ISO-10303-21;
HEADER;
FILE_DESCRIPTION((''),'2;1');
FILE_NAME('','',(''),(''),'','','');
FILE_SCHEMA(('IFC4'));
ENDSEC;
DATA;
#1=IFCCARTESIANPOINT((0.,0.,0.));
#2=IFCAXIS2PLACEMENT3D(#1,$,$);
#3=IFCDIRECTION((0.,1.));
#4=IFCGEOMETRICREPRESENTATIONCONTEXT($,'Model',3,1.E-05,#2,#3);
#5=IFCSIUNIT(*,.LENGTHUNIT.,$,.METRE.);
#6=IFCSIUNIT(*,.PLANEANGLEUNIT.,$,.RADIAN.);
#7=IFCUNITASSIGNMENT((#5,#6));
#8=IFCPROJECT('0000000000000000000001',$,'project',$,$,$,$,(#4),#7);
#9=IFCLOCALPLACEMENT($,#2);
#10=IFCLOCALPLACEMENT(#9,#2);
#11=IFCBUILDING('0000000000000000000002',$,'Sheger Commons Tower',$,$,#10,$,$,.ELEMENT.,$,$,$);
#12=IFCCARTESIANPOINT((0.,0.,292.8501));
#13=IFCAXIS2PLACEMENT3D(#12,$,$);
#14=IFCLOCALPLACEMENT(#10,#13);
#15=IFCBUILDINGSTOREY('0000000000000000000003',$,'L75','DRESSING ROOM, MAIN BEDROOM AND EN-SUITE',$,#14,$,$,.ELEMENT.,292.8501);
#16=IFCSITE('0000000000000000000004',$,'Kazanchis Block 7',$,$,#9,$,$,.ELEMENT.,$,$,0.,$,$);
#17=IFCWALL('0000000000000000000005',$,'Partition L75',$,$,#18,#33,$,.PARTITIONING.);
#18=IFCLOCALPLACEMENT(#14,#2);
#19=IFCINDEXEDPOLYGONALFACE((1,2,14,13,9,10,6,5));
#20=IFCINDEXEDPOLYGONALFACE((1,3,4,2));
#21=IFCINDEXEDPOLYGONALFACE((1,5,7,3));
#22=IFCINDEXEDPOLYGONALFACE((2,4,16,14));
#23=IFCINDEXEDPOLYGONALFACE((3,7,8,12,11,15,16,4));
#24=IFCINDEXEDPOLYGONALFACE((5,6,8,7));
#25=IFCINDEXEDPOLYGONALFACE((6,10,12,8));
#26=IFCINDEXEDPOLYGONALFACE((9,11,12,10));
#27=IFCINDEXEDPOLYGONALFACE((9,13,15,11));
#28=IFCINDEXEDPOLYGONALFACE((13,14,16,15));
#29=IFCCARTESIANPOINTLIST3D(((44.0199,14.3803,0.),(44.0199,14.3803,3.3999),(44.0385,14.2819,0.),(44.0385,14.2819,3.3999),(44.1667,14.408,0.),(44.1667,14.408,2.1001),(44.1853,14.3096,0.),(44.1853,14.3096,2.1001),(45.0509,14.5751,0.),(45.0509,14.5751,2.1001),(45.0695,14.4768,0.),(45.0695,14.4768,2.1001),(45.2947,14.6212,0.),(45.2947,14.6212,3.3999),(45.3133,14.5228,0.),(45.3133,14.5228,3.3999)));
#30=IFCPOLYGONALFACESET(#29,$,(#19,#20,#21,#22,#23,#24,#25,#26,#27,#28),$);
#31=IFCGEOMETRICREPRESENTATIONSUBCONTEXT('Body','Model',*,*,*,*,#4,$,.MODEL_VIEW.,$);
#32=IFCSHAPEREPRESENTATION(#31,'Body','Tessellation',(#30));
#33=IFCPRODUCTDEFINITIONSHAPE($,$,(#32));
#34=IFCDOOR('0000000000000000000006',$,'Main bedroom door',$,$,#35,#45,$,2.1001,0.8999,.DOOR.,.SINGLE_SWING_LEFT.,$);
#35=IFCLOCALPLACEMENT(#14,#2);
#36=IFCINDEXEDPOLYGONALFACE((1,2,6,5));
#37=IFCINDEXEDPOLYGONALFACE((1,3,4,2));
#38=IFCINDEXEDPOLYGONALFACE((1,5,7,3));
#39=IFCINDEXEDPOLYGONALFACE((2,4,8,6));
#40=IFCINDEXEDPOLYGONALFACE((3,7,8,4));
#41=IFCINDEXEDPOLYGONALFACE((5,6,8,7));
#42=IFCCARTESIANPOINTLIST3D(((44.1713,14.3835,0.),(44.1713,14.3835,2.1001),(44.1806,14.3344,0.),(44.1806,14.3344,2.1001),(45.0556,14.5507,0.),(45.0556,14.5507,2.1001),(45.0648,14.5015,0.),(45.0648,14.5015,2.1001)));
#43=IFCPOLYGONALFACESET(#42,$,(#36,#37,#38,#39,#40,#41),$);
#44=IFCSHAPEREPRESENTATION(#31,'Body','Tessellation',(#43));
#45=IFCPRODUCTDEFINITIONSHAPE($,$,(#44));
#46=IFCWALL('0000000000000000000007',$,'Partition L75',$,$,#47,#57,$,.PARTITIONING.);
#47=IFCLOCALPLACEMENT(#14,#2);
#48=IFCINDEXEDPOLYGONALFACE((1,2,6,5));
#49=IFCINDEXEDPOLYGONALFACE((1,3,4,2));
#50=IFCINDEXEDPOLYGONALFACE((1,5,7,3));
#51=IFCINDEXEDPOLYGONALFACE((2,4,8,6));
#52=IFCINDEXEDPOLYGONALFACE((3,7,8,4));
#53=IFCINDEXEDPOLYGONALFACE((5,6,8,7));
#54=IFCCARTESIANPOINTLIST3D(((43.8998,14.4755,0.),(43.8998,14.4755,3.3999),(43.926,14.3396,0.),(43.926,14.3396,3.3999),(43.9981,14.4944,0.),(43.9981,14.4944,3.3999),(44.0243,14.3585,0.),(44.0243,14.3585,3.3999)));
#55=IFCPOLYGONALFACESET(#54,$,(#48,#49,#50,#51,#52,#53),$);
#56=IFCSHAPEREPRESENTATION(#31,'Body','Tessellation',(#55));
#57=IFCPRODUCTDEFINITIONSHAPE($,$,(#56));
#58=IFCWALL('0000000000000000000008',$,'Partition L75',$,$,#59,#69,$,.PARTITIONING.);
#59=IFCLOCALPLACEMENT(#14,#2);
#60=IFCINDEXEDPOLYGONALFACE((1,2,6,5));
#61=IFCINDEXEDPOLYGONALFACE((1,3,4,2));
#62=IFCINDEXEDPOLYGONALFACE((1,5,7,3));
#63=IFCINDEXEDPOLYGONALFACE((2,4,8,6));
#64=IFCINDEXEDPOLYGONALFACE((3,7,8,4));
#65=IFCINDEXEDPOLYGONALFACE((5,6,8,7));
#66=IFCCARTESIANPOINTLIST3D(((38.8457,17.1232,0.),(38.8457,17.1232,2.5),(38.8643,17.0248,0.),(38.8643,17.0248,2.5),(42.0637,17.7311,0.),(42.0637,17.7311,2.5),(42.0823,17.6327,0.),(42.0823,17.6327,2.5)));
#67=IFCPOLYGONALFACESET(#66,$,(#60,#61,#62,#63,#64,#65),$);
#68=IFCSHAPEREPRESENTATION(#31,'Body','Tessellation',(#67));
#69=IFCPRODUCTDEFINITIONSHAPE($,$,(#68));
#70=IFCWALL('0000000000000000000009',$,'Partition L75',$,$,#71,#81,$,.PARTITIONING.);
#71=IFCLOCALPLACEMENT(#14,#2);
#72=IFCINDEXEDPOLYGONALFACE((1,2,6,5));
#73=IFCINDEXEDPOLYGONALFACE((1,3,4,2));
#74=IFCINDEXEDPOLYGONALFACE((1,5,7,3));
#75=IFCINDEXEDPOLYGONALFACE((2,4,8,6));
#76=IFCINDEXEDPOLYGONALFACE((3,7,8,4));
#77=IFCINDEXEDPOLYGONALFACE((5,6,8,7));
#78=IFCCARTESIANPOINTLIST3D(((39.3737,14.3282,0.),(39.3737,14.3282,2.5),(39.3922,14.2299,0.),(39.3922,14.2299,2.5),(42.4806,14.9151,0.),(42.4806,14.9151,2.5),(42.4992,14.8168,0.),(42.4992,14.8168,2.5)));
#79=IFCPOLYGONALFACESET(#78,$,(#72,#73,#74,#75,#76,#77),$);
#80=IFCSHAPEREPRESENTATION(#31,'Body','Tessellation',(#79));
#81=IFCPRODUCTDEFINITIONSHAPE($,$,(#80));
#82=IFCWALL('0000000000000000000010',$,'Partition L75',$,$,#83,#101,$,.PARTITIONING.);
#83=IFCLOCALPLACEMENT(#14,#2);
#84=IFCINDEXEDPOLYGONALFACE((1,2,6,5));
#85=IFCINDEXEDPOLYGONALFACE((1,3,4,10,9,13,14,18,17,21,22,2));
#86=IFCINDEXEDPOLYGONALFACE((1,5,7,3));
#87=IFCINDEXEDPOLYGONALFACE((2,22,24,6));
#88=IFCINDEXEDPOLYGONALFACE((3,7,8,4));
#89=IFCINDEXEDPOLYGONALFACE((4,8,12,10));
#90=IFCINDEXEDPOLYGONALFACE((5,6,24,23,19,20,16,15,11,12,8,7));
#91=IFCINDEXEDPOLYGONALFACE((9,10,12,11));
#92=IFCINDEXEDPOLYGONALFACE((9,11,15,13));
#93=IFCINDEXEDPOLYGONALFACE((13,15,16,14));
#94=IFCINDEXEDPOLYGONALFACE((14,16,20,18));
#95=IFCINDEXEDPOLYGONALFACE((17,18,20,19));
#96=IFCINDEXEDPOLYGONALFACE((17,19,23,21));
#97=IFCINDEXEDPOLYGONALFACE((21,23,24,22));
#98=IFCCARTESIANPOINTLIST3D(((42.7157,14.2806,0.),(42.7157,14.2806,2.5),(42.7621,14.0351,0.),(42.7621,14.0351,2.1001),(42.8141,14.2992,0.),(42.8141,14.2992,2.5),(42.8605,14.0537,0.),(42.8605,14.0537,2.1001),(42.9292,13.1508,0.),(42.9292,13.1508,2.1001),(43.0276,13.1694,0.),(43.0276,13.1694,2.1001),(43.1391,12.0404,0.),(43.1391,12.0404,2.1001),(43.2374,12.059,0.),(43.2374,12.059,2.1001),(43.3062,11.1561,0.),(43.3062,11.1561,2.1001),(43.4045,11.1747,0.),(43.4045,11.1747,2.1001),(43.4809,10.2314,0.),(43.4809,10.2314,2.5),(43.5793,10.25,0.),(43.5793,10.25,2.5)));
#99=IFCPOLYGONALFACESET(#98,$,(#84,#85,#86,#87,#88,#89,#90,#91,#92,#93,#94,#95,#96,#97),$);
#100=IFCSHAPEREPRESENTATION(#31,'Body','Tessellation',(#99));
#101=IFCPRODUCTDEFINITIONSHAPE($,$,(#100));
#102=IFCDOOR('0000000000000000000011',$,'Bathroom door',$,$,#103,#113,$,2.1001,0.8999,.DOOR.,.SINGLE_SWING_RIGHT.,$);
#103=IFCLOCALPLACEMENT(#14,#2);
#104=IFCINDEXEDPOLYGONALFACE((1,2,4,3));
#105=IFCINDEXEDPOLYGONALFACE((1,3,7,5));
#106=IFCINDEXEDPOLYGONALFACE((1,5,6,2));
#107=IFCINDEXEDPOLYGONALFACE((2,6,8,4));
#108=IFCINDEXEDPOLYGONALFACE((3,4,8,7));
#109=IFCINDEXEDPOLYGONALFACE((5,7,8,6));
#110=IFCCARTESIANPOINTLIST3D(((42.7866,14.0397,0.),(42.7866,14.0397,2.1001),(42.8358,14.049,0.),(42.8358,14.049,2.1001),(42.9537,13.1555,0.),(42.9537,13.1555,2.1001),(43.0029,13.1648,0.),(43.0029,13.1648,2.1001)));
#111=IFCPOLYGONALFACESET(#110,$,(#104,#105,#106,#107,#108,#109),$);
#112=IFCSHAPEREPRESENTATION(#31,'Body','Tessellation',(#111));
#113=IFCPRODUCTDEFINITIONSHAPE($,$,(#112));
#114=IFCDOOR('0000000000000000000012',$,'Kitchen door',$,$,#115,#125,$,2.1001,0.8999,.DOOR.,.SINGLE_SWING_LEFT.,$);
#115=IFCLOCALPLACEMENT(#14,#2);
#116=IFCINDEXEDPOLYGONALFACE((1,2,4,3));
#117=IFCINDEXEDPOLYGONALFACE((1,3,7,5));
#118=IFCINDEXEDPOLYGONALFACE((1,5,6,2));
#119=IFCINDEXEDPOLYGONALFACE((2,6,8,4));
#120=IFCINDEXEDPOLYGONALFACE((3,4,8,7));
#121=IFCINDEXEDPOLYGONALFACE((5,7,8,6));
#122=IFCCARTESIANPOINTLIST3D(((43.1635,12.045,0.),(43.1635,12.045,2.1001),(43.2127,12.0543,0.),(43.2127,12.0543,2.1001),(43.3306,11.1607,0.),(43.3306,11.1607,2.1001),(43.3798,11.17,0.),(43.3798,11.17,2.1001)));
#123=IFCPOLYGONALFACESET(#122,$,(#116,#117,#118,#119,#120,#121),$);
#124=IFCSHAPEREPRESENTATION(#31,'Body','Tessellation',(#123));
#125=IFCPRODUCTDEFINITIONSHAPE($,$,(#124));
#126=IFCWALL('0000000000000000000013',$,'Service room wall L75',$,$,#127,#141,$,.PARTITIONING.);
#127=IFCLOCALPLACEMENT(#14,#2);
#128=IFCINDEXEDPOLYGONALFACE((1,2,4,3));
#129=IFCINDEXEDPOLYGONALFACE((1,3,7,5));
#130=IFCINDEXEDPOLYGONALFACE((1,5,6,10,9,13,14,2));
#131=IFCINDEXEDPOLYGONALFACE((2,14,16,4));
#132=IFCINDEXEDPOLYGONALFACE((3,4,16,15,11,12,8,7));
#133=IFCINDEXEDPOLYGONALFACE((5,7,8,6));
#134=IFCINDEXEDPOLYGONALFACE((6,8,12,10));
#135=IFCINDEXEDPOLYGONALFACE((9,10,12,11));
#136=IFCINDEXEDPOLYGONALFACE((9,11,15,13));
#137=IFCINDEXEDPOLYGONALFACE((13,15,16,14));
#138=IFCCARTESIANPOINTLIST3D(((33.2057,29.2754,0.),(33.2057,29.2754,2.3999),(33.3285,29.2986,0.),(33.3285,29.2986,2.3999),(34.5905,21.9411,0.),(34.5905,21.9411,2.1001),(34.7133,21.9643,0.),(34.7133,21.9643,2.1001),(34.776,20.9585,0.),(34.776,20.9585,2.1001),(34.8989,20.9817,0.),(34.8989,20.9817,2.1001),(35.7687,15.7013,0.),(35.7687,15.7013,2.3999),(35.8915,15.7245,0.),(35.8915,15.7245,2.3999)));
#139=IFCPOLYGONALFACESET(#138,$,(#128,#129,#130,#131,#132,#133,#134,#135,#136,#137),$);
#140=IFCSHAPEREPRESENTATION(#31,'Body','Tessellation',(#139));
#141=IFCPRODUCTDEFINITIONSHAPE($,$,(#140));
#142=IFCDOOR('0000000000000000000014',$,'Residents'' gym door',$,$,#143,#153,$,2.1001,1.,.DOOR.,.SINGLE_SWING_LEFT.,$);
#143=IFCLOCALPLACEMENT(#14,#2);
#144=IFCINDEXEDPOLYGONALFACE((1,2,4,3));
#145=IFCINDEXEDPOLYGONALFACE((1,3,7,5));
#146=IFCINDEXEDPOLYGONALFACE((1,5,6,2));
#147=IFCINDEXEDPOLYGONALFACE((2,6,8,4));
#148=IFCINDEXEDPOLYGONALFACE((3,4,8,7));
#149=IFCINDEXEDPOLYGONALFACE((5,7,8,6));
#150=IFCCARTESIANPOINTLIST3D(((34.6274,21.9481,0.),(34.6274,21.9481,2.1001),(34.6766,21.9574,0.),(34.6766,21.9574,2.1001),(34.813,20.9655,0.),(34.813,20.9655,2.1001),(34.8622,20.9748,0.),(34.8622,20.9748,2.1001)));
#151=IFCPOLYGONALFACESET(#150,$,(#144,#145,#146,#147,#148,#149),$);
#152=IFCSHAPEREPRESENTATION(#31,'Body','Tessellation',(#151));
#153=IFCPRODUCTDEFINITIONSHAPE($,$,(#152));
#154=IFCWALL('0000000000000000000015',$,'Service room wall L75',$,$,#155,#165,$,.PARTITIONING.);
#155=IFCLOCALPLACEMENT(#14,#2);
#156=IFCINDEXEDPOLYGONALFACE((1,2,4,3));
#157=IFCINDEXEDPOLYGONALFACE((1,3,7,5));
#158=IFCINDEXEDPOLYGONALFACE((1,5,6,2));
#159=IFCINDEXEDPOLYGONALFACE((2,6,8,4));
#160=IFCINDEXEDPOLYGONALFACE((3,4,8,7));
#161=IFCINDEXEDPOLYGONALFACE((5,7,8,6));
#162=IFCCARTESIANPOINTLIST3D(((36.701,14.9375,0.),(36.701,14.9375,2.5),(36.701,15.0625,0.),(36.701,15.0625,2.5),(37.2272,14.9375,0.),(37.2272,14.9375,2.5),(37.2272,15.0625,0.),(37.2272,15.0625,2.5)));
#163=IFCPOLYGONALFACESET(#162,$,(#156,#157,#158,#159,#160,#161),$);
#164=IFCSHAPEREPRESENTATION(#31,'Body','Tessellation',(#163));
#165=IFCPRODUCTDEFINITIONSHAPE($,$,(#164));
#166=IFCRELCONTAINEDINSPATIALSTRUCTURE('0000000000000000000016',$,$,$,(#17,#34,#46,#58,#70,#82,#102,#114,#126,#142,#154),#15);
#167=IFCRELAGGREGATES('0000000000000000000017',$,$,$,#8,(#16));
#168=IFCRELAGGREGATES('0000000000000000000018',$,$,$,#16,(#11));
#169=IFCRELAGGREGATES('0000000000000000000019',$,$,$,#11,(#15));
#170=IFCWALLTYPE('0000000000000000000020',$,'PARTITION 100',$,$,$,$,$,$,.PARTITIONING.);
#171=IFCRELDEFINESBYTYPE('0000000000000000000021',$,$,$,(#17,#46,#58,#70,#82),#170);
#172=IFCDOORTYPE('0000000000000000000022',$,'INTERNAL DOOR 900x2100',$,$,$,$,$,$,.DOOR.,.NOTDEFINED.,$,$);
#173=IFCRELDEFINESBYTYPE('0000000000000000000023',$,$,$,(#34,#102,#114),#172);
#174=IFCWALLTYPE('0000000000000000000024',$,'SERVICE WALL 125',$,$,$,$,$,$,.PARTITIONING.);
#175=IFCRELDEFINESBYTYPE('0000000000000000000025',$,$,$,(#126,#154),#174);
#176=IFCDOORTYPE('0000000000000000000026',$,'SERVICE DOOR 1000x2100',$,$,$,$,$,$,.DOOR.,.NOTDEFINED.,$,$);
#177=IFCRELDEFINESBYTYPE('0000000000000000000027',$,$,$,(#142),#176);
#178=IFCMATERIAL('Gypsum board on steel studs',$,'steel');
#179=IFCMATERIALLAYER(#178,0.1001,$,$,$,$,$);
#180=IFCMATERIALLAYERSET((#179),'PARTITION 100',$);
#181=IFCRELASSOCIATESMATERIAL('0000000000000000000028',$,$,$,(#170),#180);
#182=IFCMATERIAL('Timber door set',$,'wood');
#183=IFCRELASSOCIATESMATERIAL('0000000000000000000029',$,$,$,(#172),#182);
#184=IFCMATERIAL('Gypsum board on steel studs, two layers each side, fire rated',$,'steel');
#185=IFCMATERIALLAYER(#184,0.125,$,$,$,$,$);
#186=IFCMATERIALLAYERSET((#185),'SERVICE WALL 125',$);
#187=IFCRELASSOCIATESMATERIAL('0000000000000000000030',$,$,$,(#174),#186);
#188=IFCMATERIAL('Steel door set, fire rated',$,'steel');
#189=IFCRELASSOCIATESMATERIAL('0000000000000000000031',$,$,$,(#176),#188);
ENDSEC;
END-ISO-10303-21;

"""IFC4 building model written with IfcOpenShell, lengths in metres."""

from ifc_helpers import new_model, si_unit, direction, frame, frame_2d, origin, place, context, subcontext, project, spatial, rectangle, extrude, material, layer, layer_set, type_object, element, fill, save


model = new_model("IFC4")

# Units and contexts
model_context = context("Model", 3, precision=1e-05, world=origin(), true_north=direction((0.0, 1.0)))
body_context = subcontext(model_context, "Body", "Model", "MODEL_VIEW")
ifc_project = project(units=[si_unit("LENGTHUNIT", "METRE"), si_unit("PLANEANGLEUNIT", "RADIAN")], contexts=[model_context])

# Site, building, storey
site_placement = place(None, origin())
site = spatial("IfcSite", under=ifc_project, at=site_placement, Name="Kazanchis Block 7", CompositionType="ELEMENT", RefElevation=0.0)
building_placement = place(site_placement, origin())
building = spatial("IfcBuilding", under=site, at=building_placement, Name="Sheger Commons Tower", CompositionType="ELEMENT")
storey_placement = place(building_placement, frame((0.0, 0.0, 292.8501)))
storey = spatial("IfcBuildingStorey", under=building, at=storey_placement, Name="L75", Description="DRESSING ROOM, MAIN BEDROOM AND EN-SUITE", CompositionType="ELEMENT", Elevation=292.8501)

# Shared definitions
ifc_material_1 = material(Name="Gypsum board on steel studs", Category="steel")
ifc_layer_1 = layer(ifc_material_1, 0.1001)
ifc_layer_set_1 = layer_set([ifc_layer_1], Name="PARTITION 100")
wall_type_1 = type_object("IfcWallType", Name="PARTITION 100", PredefinedType="PARTITIONING", material=ifc_layer_set_1)

# Wall, opening, door
wall_1_placement = place(storey_placement, frame((45.304, 14.572, 0.0), z_axis=(0.0, 0.0, 1.0), x_axis=(-0.982603, -0.18572, 0.0)))
wall_1 = element("IfcWall", 1, at=wall_1_placement, inside=storey, type_object=wall_type_1, Name="Partition L75", PredefinedType="PARTITIONING", context=body_context, shape_type="SweptSolid", body=[
    extrude(rectangle(XDim=1.2974, YDim=0.1001, at=frame_2d((0.6487, 0.0))), origin(), (0.0, 0.0, 1.0), 3.3999),
])
opening_1_placement = place(wall_1_placement, frame((0.248, 0.0, 0.0)))
opening_1 = element("IfcOpeningElement", 2, at=opening_1_placement, cuts=wall_1, PredefinedType="OPENING", context=body_context, shape_type="SweptSolid", body=[
    extrude(rectangle(XDim=0.8999, YDim=2.1001, at=frame_2d((0.45, 1.05))), frame((0.0, 0.0601, 0.0), z_axis=(0.0, -1.0, 0.0), x_axis=(1.0, 0.0, 0.0)), (0.0, 0.0, 1.0), 0.1201),
])
ifc_material_2 = material(Name="Timber door set", Category="wood")
door_type_1 = type_object("IfcDoorType", Name="INTERNAL DOOR 900x2100", OperationType="NOTDEFINED", PredefinedType="DOOR", material=ifc_material_2)
door_1_placement = place(opening_1_placement, origin())
door_1 = element("IfcDoor", 3, at=door_1_placement, inside=storey, type_object=door_type_1, Name="Main bedroom door", OperationType="SINGLE_SWING_LEFT", OverallHeight=2.1001, OverallWidth=0.8999, PredefinedType="DOOR", context=body_context, shape_type="SweptSolid", body=[
    extrude(rectangle(XDim=0.8999, YDim=2.1001, at=frame_2d((0.45, 1.05))), frame((0.0, 0.0249, 0.0), z_axis=(0.0, -1.0, 0.0), x_axis=(1.0, 0.0, 0.0)), (0.0, 0.0, 1.0), 0.05),
])
fill(opening_1, door_1)

# Walls
wall_2_placement = place(storey_placement, frame((43.949, 14.4851, 0.0), z_axis=(0.0, 0.0, 1.0), x_axis=(0.188651, -0.982044, 0.0)))
element("IfcWall", 4, at=wall_2_placement, inside=storey, type_object=wall_type_1, Name="Partition L75", PredefinedType="PARTITIONING", context=body_context, shape_type="SweptSolid", body=[
    extrude(rectangle(XDim=0.1384, YDim=0.1001, at=frame_2d((0.0693, 0.0))), origin(), (0.0, 0.0, 1.0), 3.3999),
])
wall_3_placement = place(storey_placement, frame((42.073, 17.6819, 0.0), z_axis=(0.0, 0.0, 1.0), x_axis=(-0.982621, -0.185625, 0.0)))
element("IfcWall", 5, at=wall_3_placement, inside=storey, type_object=wall_type_1, Name="Partition L75", PredefinedType="PARTITIONING", context=body_context, shape_type="SweptSolid", body=[
    extrude(rectangle(XDim=3.2749, YDim=0.1001, at=frame_2d((1.6375, 0.0))), origin(), (0.0, 0.0, 1.0), 2.5),
])
wall_4_placement = place(storey_placement, frame((42.49, 14.866, 0.0), z_axis=(0.0, 0.0, 1.0), x_axis=(-0.982621, -0.185622, 0.0)))
element("IfcWall", 6, at=wall_4_placement, inside=storey, type_object=wall_type_1, Name="Partition L75", PredefinedType="PARTITIONING", context=body_context, shape_type="SweptSolid", body=[
    extrude(rectangle(XDim=3.1619, YDim=0.1001, at=frame_2d((1.5811, 0.0))), origin(), (0.0, 0.0, 1.0), 2.5),
])

# Wall, openings, doors
wall_5_placement = place(storey_placement, frame((42.7649, 14.29, 0.0), z_axis=(0.0, 0.0, 1.0), x_axis=(0.18568, -0.98261, 0.0)))
wall_5 = element("IfcWall", 7, at=wall_5_placement, inside=storey, type_object=wall_type_1, Name="Partition L75", PredefinedType="PARTITIONING", context=body_context, shape_type="SweptSolid", body=[
    extrude(rectangle(XDim=4.1208, YDim=0.1001, at=frame_2d((2.0605, 0.0))), origin(), (0.0, 0.0, 1.0), 2.5),
])
opening_2_placement = place(wall_5_placement, frame((0.25, 0.0, 0.0)))
opening_2 = element("IfcOpeningElement", 8, at=opening_2_placement, cuts=wall_5, PredefinedType="OPENING", context=body_context, shape_type="SweptSolid", body=[
    extrude(rectangle(XDim=0.8999, YDim=2.1001, at=frame_2d((0.45, 1.05))), frame((0.0, 0.0601, 0.0), z_axis=(0.0, -1.0, 0.0), x_axis=(1.0, 0.0, 0.0)), (0.0, 0.0, 1.0), 0.1201),
])
opening_3_placement = place(wall_5_placement, frame((2.28, 0.0, 0.0)))
opening_3 = element("IfcOpeningElement", 9, at=opening_3_placement, cuts=wall_5, PredefinedType="OPENING", context=body_context, shape_type="SweptSolid", body=[
    extrude(rectangle(XDim=0.8999, YDim=2.1001, at=frame_2d((0.45, 1.05))), frame((0.0, 0.0601, 0.0), z_axis=(0.0, -1.0, 0.0), x_axis=(1.0, 0.0, 0.0)), (0.0, 0.0, 1.0), 0.1201),
])
door_2_placement = place(opening_2_placement, origin())
door_2 = element("IfcDoor", 10, at=door_2_placement, inside=storey, type_object=door_type_1, Name="Bathroom door", OperationType="SINGLE_SWING_RIGHT", OverallHeight=2.1001, OverallWidth=0.8999, PredefinedType="DOOR", context=body_context, shape_type="SweptSolid", body=[
    extrude(rectangle(XDim=0.8999, YDim=2.1001, at=frame_2d((0.45, 1.05))), frame((0.0, 0.0249, 0.0), z_axis=(0.0, -1.0, 0.0), x_axis=(1.0, 0.0, 0.0)), (0.0, 0.0, 1.0), 0.05),
])
fill(opening_2, door_2)
door_3_placement = place(opening_3_placement, origin())
door_3 = element("IfcDoor", 11, at=door_3_placement, inside=storey, type_object=door_type_1, Name="Kitchen door", OperationType="SINGLE_SWING_LEFT", OverallHeight=2.1001, OverallWidth=0.8999, PredefinedType="DOOR", context=body_context, shape_type="SweptSolid", body=[
    extrude(rectangle(XDim=0.8999, YDim=2.1001, at=frame_2d((0.45, 1.05))), frame((0.0, 0.0249, 0.0), z_axis=(0.0, -1.0, 0.0), x_axis=(1.0, 0.0, 0.0)), (0.0, 0.0, 1.0), 0.05),
])
fill(opening_3, door_3)

# Wall, opening, door
ifc_material_3 = material(Name="Gypsum board on steel studs, two layers each side, fire rated", Category="steel")
ifc_layer_2 = layer(ifc_material_3, 0.125)
ifc_layer_set_2 = layer_set([ifc_layer_2], Name="SERVICE WALL 125")
wall_type_2 = type_object("IfcWallType", Name="SERVICE WALL 125", PredefinedType="PARTITIONING", material=ifc_layer_set_2)
wall_6_placement = place(storey_placement, frame((35.8301, 15.7129, 0.0), z_axis=(0.0, 0.0, 1.0), x_axis=(-0.185535, 0.982638, 0.0)))
wall_6 = element("IfcWall", 12, at=wall_6_placement, inside=storey, type_object=wall_type_2, Name="Service room wall L75", PredefinedType="PARTITIONING", context=body_context, shape_type="SweptSolid", body=[
    extrude(rectangle(XDim=13.814, YDim=0.125, at=frame_2d((6.907, 0.0))), origin(), (0.0, 0.0, 1.0), 2.3999),
])
opening_4_placement = place(wall_6_placement, frame((5.3501, 0.0, 0.0)))
opening_4 = element("IfcOpeningElement", 13, at=opening_4_placement, cuts=wall_6, PredefinedType="OPENING", context=body_context, shape_type="SweptSolid", body=[
    extrude(rectangle(XDim=1.0, YDim=2.1001, at=frame_2d((0.5, 1.05))), frame((0.0, 0.0725, 0.0), z_axis=(0.0, -1.0, 0.0), x_axis=(1.0, 0.0, 0.0)), (0.0, 0.0, 1.0), 0.145),
])
ifc_material_4 = material(Name="Steel door set, fire rated", Category="steel")
door_type_2 = type_object("IfcDoorType", Name="SERVICE DOOR 1000x2100", OperationType="NOTDEFINED", PredefinedType="DOOR", material=ifc_material_4)
door_4_placement = place(opening_4_placement, origin())
door_4 = element("IfcDoor", 14, at=door_4_placement, inside=storey, type_object=door_type_2, Name="Residents' gym door", OperationType="SINGLE_SWING_LEFT", OverallHeight=2.1001, OverallWidth=1.0, PredefinedType="DOOR", context=body_context, shape_type="SweptSolid", body=[
    extrude(rectangle(XDim=1.0, YDim=2.1001, at=frame_2d((0.5, 1.05))), frame((0.0, 0.0249, 0.0), z_axis=(0.0, -1.0, 0.0), x_axis=(1.0, 0.0, 0.0)), (0.0, 0.0, 1.0), 0.05),
])
fill(opening_4, door_4)

# Wall
wall_7_placement = place(storey_placement, frame((36.7009, 15.0, 0.0), z_axis=(0.0, 0.0, 1.0), x_axis=(1.0, 0.0, 0.0)))
element("IfcWall", 15, at=wall_7_placement, inside=storey, type_object=wall_type_2, Name="Service room wall L75", PredefinedType="PARTITIONING", context=body_context, shape_type="SweptSolid", body=[
    extrude(rectangle(XDim=0.5261, YDim=0.125, at=frame_2d((0.2632, 0.0))), origin(), (0.0, 0.0, 1.0), 2.5),
])

save(model, "model.ifc")
